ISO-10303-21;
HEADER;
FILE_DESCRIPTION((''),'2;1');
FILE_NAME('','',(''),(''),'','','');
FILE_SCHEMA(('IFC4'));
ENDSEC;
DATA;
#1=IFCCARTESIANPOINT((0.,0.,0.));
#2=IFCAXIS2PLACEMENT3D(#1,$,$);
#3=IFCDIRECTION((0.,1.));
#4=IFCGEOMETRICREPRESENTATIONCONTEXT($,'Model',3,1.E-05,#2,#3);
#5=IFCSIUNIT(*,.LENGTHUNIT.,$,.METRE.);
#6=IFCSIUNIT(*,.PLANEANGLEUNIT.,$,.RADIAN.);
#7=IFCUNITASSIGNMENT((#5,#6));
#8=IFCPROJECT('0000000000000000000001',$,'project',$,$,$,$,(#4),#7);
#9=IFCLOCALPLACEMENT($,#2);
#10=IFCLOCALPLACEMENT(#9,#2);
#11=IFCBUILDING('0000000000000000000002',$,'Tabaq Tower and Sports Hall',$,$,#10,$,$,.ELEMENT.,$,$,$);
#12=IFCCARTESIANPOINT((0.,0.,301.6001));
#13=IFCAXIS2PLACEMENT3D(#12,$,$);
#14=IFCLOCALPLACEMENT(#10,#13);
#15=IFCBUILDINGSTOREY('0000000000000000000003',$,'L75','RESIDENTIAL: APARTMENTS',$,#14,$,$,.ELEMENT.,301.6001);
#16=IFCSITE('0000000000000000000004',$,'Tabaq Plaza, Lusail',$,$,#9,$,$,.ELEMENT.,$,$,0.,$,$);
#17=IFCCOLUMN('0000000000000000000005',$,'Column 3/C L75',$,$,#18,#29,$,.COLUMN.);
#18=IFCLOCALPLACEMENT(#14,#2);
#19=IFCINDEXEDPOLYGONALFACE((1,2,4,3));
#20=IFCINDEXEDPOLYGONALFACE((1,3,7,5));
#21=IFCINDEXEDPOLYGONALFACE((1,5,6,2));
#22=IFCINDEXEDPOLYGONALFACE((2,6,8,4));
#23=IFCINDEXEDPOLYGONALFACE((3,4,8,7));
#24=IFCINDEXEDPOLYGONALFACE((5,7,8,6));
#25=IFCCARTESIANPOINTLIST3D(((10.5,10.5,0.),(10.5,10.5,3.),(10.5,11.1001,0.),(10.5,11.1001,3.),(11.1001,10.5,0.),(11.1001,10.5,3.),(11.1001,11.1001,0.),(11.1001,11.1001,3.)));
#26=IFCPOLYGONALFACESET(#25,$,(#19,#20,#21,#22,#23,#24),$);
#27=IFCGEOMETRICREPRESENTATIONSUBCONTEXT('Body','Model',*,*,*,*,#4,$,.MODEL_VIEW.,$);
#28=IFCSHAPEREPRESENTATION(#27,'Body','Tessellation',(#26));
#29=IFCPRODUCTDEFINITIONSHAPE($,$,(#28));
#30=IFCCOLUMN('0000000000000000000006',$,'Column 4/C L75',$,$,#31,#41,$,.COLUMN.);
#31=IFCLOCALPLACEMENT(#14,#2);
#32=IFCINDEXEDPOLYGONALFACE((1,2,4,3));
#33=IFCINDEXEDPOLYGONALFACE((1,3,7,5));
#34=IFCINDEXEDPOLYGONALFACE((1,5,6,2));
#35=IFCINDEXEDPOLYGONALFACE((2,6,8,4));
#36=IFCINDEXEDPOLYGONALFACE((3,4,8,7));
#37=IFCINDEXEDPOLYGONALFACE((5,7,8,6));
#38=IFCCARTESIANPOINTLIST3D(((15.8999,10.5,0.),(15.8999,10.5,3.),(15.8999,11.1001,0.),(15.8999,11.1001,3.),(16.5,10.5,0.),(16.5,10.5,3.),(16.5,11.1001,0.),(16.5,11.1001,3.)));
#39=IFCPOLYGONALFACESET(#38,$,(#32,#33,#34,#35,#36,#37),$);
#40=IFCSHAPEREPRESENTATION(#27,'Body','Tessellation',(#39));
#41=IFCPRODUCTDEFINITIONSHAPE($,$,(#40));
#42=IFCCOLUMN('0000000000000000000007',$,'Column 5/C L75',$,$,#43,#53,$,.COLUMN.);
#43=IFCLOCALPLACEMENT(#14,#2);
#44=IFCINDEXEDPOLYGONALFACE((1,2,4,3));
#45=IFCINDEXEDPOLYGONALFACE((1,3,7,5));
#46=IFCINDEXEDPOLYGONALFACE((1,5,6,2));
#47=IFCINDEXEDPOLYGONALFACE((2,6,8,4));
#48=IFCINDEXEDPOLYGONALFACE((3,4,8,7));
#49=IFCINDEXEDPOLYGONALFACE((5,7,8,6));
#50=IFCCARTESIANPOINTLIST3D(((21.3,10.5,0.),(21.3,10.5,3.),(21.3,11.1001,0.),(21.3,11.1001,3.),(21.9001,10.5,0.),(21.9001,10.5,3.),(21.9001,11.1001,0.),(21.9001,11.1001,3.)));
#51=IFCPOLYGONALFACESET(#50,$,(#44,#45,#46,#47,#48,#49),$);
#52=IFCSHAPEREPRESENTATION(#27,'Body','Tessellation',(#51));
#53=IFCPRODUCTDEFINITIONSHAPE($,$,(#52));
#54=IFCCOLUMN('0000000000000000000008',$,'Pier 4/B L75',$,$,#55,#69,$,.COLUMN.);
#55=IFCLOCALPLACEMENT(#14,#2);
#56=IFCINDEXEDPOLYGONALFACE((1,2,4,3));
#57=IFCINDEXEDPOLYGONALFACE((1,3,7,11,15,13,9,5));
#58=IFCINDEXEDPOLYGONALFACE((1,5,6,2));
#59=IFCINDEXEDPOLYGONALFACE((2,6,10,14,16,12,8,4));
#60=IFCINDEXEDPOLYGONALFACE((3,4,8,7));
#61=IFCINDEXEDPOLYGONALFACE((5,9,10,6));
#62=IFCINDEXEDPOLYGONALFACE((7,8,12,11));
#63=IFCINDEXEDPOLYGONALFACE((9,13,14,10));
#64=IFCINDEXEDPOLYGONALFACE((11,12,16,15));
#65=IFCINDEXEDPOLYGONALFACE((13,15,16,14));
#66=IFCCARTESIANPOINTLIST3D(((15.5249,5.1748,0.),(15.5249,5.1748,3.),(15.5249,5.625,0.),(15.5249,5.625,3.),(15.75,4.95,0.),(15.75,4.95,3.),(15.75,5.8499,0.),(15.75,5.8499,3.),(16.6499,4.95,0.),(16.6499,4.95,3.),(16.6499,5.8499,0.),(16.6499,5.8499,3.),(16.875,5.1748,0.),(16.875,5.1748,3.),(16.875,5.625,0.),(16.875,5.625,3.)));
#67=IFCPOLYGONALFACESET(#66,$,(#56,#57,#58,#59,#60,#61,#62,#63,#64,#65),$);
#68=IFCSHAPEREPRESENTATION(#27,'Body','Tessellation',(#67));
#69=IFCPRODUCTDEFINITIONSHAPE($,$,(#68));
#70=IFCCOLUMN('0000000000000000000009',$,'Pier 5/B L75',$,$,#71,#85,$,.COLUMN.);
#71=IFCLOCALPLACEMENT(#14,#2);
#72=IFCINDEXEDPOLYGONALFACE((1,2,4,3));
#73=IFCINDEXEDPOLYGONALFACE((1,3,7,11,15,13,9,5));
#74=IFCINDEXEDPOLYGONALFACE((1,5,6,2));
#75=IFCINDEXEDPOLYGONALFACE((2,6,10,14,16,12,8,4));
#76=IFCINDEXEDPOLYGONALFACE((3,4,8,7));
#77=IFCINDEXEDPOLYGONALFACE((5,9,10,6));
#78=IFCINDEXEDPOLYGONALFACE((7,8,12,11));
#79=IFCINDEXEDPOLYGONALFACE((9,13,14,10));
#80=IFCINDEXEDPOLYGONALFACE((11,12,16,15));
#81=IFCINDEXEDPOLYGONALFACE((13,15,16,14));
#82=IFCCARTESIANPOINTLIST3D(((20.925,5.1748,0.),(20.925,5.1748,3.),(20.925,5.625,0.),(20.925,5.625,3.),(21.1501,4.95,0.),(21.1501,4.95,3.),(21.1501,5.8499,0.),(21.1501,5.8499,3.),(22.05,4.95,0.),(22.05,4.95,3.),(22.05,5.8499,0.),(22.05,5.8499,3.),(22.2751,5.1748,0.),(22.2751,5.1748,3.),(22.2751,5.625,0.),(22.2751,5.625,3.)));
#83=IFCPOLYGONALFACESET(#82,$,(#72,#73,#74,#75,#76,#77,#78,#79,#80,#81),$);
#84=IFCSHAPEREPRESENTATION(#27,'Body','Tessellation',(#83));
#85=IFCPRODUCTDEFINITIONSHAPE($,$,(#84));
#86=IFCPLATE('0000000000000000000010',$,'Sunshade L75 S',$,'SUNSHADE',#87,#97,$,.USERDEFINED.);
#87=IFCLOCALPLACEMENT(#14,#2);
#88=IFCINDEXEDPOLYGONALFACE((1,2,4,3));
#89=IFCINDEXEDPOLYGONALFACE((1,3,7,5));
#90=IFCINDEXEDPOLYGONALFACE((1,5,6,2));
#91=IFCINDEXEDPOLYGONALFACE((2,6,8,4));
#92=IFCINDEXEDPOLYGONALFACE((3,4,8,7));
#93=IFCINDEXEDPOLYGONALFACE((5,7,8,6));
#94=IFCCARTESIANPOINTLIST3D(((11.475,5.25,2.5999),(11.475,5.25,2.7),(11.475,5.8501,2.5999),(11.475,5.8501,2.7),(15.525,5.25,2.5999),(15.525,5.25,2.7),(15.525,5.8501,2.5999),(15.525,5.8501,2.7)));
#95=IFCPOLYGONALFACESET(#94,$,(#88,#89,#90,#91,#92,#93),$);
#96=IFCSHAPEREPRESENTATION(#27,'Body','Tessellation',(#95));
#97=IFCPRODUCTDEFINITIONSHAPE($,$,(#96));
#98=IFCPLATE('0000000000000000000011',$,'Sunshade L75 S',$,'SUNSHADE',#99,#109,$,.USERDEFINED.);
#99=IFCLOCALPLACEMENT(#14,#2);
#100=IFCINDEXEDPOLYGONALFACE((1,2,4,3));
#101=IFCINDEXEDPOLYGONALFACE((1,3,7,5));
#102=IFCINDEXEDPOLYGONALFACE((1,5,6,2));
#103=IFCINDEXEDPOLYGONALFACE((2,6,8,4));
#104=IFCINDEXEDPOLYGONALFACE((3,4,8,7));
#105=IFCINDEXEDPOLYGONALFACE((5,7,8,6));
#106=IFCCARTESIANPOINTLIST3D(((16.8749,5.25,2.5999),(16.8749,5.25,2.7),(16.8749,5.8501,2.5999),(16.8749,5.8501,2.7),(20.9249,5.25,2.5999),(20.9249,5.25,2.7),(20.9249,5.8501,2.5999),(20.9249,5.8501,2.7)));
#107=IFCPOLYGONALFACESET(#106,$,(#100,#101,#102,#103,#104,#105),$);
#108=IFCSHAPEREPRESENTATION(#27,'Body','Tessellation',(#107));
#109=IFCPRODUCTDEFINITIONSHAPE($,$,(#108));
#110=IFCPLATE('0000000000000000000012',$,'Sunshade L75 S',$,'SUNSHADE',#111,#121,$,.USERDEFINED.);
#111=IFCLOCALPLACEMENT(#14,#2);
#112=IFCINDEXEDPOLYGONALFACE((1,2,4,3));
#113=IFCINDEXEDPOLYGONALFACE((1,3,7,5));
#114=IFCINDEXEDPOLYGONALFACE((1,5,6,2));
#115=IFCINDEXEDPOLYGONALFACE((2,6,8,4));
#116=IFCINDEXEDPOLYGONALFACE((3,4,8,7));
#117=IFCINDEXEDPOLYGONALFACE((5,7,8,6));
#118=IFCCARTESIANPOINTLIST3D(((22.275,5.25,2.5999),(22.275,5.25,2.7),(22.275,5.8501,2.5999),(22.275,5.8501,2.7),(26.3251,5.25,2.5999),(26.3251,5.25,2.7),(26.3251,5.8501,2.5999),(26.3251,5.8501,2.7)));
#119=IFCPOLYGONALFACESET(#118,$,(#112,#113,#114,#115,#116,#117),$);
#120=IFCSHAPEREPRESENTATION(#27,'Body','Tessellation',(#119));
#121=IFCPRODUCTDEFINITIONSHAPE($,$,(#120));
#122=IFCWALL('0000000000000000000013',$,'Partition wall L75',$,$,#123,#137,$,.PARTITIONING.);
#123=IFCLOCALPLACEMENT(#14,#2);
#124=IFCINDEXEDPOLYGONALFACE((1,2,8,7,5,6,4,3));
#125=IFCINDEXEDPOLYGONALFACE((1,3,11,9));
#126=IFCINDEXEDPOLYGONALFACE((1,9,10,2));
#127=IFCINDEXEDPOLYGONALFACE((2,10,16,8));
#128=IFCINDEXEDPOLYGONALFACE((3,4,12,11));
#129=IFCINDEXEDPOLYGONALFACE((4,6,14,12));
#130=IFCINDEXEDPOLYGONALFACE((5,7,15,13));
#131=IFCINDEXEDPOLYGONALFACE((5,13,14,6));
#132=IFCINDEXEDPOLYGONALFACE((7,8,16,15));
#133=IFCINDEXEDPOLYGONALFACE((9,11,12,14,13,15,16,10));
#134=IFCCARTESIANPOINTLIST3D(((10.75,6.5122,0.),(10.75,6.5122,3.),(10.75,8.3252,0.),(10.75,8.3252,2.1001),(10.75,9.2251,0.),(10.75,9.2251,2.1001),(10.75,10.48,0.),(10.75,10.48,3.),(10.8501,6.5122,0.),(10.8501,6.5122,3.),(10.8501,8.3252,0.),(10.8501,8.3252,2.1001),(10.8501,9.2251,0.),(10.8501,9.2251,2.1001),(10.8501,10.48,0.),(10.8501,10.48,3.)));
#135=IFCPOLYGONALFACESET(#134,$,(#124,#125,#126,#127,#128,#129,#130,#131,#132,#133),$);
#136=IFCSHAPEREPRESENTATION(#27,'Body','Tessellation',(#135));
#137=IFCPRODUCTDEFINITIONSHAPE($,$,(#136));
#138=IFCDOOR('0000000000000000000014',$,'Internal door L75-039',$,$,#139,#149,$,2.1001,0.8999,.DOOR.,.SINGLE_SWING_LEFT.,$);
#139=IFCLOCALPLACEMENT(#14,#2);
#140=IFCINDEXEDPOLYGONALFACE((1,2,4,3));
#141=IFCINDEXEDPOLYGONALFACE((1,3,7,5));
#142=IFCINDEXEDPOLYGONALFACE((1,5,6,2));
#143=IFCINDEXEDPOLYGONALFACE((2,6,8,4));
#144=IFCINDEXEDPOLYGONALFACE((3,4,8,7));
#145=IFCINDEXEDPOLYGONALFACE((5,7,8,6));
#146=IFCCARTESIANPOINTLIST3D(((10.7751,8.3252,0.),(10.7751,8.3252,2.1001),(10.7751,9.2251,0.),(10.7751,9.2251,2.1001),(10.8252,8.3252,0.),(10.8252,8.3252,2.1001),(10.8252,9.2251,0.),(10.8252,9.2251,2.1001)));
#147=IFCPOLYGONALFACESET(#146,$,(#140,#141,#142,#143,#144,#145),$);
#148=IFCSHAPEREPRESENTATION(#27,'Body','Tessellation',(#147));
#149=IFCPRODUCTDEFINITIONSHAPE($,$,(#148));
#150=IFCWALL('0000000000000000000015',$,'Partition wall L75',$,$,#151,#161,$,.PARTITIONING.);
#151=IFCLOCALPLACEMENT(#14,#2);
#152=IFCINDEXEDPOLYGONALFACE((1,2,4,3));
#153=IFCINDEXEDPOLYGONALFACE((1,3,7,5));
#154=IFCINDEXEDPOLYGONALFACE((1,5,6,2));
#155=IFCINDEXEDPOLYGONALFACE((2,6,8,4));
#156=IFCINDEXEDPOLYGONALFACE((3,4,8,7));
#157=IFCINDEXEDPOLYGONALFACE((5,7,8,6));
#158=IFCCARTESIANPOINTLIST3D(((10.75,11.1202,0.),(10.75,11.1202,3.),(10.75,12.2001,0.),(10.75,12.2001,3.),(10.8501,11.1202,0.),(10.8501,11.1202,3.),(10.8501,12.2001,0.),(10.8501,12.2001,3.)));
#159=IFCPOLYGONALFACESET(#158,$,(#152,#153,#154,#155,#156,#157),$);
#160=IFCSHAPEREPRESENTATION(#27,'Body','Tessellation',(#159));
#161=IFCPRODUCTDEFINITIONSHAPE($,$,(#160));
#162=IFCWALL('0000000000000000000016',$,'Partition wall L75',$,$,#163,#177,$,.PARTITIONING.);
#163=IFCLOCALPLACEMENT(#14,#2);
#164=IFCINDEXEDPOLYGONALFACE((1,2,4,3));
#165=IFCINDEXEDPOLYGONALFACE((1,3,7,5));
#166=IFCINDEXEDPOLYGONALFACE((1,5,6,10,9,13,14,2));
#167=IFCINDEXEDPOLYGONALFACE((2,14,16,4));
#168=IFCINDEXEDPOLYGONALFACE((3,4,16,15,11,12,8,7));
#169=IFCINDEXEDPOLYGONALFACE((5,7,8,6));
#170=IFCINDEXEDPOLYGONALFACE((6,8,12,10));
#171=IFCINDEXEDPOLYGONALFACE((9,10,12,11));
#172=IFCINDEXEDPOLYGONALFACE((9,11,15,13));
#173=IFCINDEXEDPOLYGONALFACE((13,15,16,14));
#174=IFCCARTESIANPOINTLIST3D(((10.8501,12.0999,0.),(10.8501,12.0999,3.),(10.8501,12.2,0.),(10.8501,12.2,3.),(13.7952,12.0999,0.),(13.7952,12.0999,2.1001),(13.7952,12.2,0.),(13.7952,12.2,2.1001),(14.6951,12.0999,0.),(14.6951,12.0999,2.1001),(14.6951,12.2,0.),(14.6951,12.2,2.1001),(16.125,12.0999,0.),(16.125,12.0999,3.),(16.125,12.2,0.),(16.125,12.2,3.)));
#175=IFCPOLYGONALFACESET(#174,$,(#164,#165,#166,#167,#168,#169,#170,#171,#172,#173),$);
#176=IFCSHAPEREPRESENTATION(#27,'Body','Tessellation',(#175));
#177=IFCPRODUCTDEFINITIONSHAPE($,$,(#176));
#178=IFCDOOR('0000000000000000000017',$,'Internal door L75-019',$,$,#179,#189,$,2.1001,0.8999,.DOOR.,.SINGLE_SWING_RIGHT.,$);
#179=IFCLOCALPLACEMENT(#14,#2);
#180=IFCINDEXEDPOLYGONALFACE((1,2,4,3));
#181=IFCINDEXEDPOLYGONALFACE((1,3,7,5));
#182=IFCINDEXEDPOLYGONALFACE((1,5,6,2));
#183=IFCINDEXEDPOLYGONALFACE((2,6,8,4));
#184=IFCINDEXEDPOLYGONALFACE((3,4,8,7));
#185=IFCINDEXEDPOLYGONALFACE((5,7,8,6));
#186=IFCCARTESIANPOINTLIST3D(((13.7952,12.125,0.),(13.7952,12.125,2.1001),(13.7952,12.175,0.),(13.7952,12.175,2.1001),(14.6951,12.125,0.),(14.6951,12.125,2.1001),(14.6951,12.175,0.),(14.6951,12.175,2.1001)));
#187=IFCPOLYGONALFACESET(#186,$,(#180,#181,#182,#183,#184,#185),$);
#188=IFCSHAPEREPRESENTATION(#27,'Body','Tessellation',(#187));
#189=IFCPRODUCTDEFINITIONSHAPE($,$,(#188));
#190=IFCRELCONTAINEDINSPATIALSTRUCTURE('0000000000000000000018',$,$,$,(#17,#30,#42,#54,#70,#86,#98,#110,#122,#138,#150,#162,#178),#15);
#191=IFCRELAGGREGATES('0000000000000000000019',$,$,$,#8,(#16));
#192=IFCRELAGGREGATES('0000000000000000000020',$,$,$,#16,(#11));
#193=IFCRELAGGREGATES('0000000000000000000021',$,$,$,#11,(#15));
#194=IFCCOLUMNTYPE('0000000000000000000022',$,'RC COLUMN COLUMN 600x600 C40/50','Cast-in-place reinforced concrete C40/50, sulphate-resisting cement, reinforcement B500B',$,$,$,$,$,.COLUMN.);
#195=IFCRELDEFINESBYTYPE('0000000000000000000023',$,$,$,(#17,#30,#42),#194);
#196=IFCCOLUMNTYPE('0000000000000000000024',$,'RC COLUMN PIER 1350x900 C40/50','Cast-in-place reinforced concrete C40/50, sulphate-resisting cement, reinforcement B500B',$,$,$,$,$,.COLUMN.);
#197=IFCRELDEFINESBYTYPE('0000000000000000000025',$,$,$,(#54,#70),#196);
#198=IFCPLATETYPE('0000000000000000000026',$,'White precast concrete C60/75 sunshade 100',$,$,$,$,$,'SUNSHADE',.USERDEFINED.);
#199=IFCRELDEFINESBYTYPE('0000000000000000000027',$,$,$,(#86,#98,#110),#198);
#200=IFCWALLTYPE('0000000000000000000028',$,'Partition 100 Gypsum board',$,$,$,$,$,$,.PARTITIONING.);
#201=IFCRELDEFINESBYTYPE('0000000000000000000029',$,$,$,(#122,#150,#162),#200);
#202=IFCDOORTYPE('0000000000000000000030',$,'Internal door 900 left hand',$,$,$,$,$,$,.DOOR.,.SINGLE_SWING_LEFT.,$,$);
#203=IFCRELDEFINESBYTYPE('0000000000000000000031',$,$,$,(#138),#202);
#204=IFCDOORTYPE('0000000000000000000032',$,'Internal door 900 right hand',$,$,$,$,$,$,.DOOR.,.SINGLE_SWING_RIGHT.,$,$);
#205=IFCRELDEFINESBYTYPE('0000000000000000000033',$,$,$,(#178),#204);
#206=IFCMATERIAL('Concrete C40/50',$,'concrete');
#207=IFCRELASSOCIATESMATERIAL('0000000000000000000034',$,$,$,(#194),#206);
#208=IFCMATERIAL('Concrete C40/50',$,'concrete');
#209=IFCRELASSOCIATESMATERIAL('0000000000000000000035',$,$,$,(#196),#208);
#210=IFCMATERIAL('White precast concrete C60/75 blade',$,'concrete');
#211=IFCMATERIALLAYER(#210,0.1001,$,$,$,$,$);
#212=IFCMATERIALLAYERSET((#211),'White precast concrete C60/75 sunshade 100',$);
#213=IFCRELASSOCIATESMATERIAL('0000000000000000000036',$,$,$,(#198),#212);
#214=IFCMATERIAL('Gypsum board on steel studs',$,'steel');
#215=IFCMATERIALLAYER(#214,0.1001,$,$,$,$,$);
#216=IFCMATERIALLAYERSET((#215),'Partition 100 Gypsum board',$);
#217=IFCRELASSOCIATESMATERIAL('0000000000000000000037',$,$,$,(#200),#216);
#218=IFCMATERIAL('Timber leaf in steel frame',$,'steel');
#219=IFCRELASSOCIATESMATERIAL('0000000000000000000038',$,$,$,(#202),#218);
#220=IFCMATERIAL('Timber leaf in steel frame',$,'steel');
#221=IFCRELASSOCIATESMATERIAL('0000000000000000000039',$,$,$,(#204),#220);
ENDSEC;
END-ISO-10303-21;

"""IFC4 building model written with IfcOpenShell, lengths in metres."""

from ifc_helpers import new_model, si_unit, direction, frame, frame_2d, origin, origin_2d, place, context, subcontext, project, spatial, polyline, rectangle, outline, extrude, material, layer, layer_set, material_profile, profile_set, type_object, element, fill, save


model = new_model("IFC4")

# Units and contexts
model_context = context("Model", 3, precision=1e-05, world=origin(), true_north=direction((0.0, 1.0)))
body_context = subcontext(model_context, "Body", "Model", "MODEL_VIEW")
ifc_project = project(units=[si_unit("LENGTHUNIT", "METRE"), si_unit("PLANEANGLEUNIT", "RADIAN")], contexts=[model_context])

# Site, building, storey
site_placement = place(None, origin())
site = spatial("IfcSite", under=ifc_project, at=site_placement, Name="Tabaq Plaza, Lusail", CompositionType="ELEMENT", RefElevation=0.0)
building_placement = place(site_placement, origin())
building = spatial("IfcBuilding", under=site, at=building_placement, Name="Tabaq Tower and Sports Hall", CompositionType="ELEMENT")
storey_placement = place(building_placement, frame((0.0, 0.0, 301.6001)))
storey = spatial("IfcBuildingStorey", under=building, at=storey_placement, Name="L75", Description="RESIDENTIAL: APARTMENTS", CompositionType="ELEMENT", Elevation=301.6001)

# Columns
ifc_material_1 = material(Name="Concrete C40/50", Category="concrete")
ifc_material_profile_1 = material_profile(ifc_material_1, rectangle(XDim=0.6001, YDim=0.6001, at=origin_2d()), Name="COLUMN 600x600")
ifc_profile_set_1 = profile_set([ifc_material_profile_1], Name="Concrete C40/50")
column_type_1 = type_object("IfcColumnType", Name="RC COLUMN COLUMN 600x600 C40/50", Description="Cast-in-place reinforced concrete C40/50, sulphate-resisting cement, reinforcement B500B", PredefinedType="COLUMN", material=ifc_profile_set_1)
for number, where, z_axis, x_axis, name in (
    (1, (10.8, 10.8, 0.0), (0.0, 0.0, 1.0), (1.0, 0.0, 0.0), "Column 3/C L75"),
    (2, (16.2, 10.8, 0.0), (0.0, 0.0, 1.0), (1.0, 0.0, 0.0), "Column 4/C L75"),
    (3, (21.6001, 10.8, 0.0), (0.0, 0.0, 1.0), (1.0, 0.0, 0.0), "Column 5/C L75"),
):
    element("IfcColumn", number, at=place(storey_placement, frame(where, z_axis=z_axis, x_axis=x_axis)), inside=storey, type_object=column_type_1, Name=name, PredefinedType="COLUMN", context=body_context, shape_type="SweptSolid", body=[
        extrude(rectangle(XDim=0.6001, YDim=0.6001, at=origin_2d()), origin(), (0.0, 0.0, 1.0), 3.0),
    ])
ifc_material_2 = material(Name="Concrete C40/50", Category="concrete")
ifc_material_profile_2 = material_profile(ifc_material_2, outline(polyline([(-0.45, -0.45), (0.45, -0.45), (0.675, -0.2251), (0.675, 0.2251), (0.45, 0.45), (-0.45, 0.45), (-0.675, 0.2251), (-0.675, -0.2251), (-0.45, -0.45)])), Name="PIER 1350x900")
ifc_profile_set_2 = profile_set([ifc_material_profile_2], Name="Concrete C40/50")
column_type_2 = type_object("IfcColumnType", Name="RC COLUMN PIER 1350x900 C40/50", Description="Cast-in-place reinforced concrete C40/50, sulphate-resisting cement, reinforcement B500B", PredefinedType="COLUMN", material=ifc_profile_set_2)
for number, where, z_axis, x_axis, name in (
    (4, (16.2, 5.3999, 0.0), (0.0, 0.0, 1.0), (1.0, 0.0, 0.0), "Pier 4/B L75"),
    (5, (21.6001, 5.3999, 0.0), (0.0, 0.0, 1.0), (1.0, 0.0, 0.0), "Pier 5/B L75"),
):
    element("IfcColumn", number, at=place(storey_placement, frame(where, z_axis=z_axis, x_axis=x_axis)), inside=storey, type_object=column_type_2, Name=name, PredefinedType="COLUMN", context=body_context, shape_type="SweptSolid", body=[
        extrude(outline(polyline([(-0.45, -0.45), (0.45, -0.45), (0.675, -0.2251), (0.675, 0.2251), (0.45, 0.45), (-0.45, 0.45), (-0.675, 0.2251), (-0.675, -0.2251), (-0.45, -0.45)])), origin(), (0.0, 0.0, 1.0), 3.0),
    ])

# Plates
ifc_material_3 = material(Name="White precast concrete C60/75 blade", Category="concrete")
ifc_layer_1 = layer(ifc_material_3, 0.1001)
ifc_layer_set_1 = layer_set([ifc_layer_1], Name="White precast concrete C60/75 sunshade 100")
plate_type = type_object("IfcPlateType", Name="White precast concrete C60/75 sunshade 100", ElementType="SUNSHADE", PredefinedType="USERDEFINED", material=ifc_layer_set_1)
for number, where, z_axis, x_axis, name in (
    (6, (13.5, 5.55, 2.5999), (0.0, 0.0, 1.0), (1.0, 0.0, 0.0), "Sunshade L75 S"),
    (7, (18.8999, 5.55, 2.5999), (0.0, 0.0, 1.0), (1.0, 0.0, 0.0), "Sunshade L75 S"),
    (8, (24.3, 5.55, 2.5999), (0.0, 0.0, 1.0), (1.0, 0.0, 0.0), "Sunshade L75 S"),
):
    element("IfcPlate", number, at=place(storey_placement, frame(where, z_axis=z_axis, x_axis=x_axis)), inside=storey, type_object=plate_type, Name=name, ObjectType="SUNSHADE", PredefinedType="USERDEFINED", context=body_context, shape_type="SweptSolid", body=[
        extrude(rectangle(XDim=4.05, YDim=0.6001, at=origin_2d()), origin(), (0.0, 0.0, 1.0), 0.1001),
    ])

# Wall, opening, door
ifc_material_4 = material(Name="Gypsum board on steel studs", Category="steel")
ifc_layer_2 = layer(ifc_material_4, 0.1001)
ifc_layer_set_2 = layer_set([ifc_layer_2], Name="Partition 100 Gypsum board")
wall_type_1 = type_object("IfcWallType", Name="Partition 100 Gypsum board", PredefinedType="PARTITIONING", material=ifc_layer_set_2)
wall_1_placement = place(storey_placement, frame((10.8, 6.5122, 0.0), z_axis=(0.0, 0.0, 1.0), x_axis=(0.0, 1.0, 0.0)))
wall_1 = element("IfcWall", 9, at=wall_1_placement, inside=storey, type_object=wall_type_1, Name="Partition wall L75", PredefinedType="PARTITIONING", context=body_context, shape_type="SweptSolid", body=[
    extrude(rectangle(XDim=3.9678, YDim=0.1001, at=frame_2d((1.9839, 0.0))), origin(), (0.0, 0.0, 1.0), 3.0),
])
opening_1_placement = place(wall_1_placement, frame((1.813, 0.0, 0.0)))
opening_1 = element("IfcOpeningElement", 10, at=opening_1_placement, cuts=wall_1, PredefinedType="OPENING", context=body_context, shape_type="SweptSolid", body=[
    extrude(rectangle(XDim=0.8999, YDim=2.1001, at=frame_2d((0.45, 1.05))), frame((0.0, 0.05, 0.0), z_axis=(0.0, -1.0, 0.0), x_axis=(1.0, 0.0, 0.0)), (0.0, 0.0, 1.0), 0.1001),
])
ifc_material_5 = material(Name="Timber leaf in steel frame", Category="steel")
door_type_1 = type_object("IfcDoorType", Name="Internal door 900 left hand", OperationType="SINGLE_SWING_LEFT", PredefinedType="DOOR", material=ifc_material_5)
door_1_placement = place(opening_1_placement, origin())
door_1 = element("IfcDoor", 11, at=door_1_placement, inside=storey, type_object=door_type_1, Name="Internal door L75-039", OperationType="SINGLE_SWING_LEFT", OverallHeight=2.1001, OverallWidth=0.8999, PredefinedType="DOOR", context=body_context, shape_type="SweptSolid", body=[
    extrude(rectangle(XDim=0.8999, YDim=2.1001, at=frame_2d((0.45, 1.05))), frame((0.0, 0.0249, 0.0), z_axis=(0.0, -1.0, 0.0), x_axis=(1.0, 0.0, 0.0)), (0.0, 0.0, 1.0), 0.05),
])
fill(opening_1, door_1)

# Wall
wall_2_placement = place(storey_placement, frame((10.8, 11.1201, 0.0), z_axis=(0.0, 0.0, 1.0), x_axis=(0.0, 1.0, 0.0)))
element("IfcWall", 12, at=wall_2_placement, inside=storey, type_object=wall_type_1, Name="Partition wall L75", PredefinedType="PARTITIONING", context=body_context, shape_type="SweptSolid", body=[
    extrude(rectangle(XDim=1.0798, YDim=0.1001, at=frame_2d((0.54, 0.0))), origin(), (0.0, 0.0, 1.0), 3.0),
])

# Wall, opening, door
wall_3_placement = place(storey_placement, frame((16.125, 12.1499, 0.0), z_axis=(0.0, 0.0, 1.0), x_axis=(-1.0, 0.0, 0.0)))
wall_3 = element("IfcWall", 13, at=wall_3_placement, inside=storey, type_object=wall_type_1, Name="Partition wall L75", PredefinedType="PARTITIONING", context=body_context, shape_type="SweptSolid", body=[
    extrude(rectangle(XDim=5.2749, YDim=0.1001, at=frame_2d((2.6375, 0.0))), origin(), (0.0, 0.0, 1.0), 3.0),
])
opening_2_placement = place(wall_3_placement, frame((1.4299, 0.0, 0.0)))
opening_2 = element("IfcOpeningElement", 14, at=opening_2_placement, cuts=wall_3, PredefinedType="OPENING", context=body_context, shape_type="SweptSolid", body=[
    extrude(rectangle(XDim=0.8999, YDim=2.1001, at=frame_2d((0.45, 1.05))), frame((0.0, 0.05, 0.0), z_axis=(0.0, -1.0, 0.0), x_axis=(1.0, 0.0, 0.0)), (0.0, 0.0, 1.0), 0.1001),
])
ifc_material_6 = material(Name="Timber leaf in steel frame", Category="steel")
door_type_2 = type_object("IfcDoorType", Name="Internal door 900 right hand", OperationType="SINGLE_SWING_RIGHT", PredefinedType="DOOR", material=ifc_material_6)
door_2_placement = place(opening_2_placement, origin())
door_2 = element("IfcDoor", 15, at=door_2_placement, inside=storey, type_object=door_type_2, Name="Internal door L75-019", OperationType="SINGLE_SWING_RIGHT", OverallHeight=2.1001, OverallWidth=0.8999, PredefinedType="DOOR", context=body_context, shape_type="SweptSolid", body=[
    extrude(rectangle(XDim=0.8999, YDim=2.1001, at=frame_2d((0.45, 1.05))), frame((0.0, 0.0249, 0.0), z_axis=(0.0, -1.0, 0.0), x_axis=(1.0, 0.0, 0.0)), (0.0, 0.0, 1.0), 0.05),
])
fill(opening_2, door_2)

save(model, "model.ifc")
